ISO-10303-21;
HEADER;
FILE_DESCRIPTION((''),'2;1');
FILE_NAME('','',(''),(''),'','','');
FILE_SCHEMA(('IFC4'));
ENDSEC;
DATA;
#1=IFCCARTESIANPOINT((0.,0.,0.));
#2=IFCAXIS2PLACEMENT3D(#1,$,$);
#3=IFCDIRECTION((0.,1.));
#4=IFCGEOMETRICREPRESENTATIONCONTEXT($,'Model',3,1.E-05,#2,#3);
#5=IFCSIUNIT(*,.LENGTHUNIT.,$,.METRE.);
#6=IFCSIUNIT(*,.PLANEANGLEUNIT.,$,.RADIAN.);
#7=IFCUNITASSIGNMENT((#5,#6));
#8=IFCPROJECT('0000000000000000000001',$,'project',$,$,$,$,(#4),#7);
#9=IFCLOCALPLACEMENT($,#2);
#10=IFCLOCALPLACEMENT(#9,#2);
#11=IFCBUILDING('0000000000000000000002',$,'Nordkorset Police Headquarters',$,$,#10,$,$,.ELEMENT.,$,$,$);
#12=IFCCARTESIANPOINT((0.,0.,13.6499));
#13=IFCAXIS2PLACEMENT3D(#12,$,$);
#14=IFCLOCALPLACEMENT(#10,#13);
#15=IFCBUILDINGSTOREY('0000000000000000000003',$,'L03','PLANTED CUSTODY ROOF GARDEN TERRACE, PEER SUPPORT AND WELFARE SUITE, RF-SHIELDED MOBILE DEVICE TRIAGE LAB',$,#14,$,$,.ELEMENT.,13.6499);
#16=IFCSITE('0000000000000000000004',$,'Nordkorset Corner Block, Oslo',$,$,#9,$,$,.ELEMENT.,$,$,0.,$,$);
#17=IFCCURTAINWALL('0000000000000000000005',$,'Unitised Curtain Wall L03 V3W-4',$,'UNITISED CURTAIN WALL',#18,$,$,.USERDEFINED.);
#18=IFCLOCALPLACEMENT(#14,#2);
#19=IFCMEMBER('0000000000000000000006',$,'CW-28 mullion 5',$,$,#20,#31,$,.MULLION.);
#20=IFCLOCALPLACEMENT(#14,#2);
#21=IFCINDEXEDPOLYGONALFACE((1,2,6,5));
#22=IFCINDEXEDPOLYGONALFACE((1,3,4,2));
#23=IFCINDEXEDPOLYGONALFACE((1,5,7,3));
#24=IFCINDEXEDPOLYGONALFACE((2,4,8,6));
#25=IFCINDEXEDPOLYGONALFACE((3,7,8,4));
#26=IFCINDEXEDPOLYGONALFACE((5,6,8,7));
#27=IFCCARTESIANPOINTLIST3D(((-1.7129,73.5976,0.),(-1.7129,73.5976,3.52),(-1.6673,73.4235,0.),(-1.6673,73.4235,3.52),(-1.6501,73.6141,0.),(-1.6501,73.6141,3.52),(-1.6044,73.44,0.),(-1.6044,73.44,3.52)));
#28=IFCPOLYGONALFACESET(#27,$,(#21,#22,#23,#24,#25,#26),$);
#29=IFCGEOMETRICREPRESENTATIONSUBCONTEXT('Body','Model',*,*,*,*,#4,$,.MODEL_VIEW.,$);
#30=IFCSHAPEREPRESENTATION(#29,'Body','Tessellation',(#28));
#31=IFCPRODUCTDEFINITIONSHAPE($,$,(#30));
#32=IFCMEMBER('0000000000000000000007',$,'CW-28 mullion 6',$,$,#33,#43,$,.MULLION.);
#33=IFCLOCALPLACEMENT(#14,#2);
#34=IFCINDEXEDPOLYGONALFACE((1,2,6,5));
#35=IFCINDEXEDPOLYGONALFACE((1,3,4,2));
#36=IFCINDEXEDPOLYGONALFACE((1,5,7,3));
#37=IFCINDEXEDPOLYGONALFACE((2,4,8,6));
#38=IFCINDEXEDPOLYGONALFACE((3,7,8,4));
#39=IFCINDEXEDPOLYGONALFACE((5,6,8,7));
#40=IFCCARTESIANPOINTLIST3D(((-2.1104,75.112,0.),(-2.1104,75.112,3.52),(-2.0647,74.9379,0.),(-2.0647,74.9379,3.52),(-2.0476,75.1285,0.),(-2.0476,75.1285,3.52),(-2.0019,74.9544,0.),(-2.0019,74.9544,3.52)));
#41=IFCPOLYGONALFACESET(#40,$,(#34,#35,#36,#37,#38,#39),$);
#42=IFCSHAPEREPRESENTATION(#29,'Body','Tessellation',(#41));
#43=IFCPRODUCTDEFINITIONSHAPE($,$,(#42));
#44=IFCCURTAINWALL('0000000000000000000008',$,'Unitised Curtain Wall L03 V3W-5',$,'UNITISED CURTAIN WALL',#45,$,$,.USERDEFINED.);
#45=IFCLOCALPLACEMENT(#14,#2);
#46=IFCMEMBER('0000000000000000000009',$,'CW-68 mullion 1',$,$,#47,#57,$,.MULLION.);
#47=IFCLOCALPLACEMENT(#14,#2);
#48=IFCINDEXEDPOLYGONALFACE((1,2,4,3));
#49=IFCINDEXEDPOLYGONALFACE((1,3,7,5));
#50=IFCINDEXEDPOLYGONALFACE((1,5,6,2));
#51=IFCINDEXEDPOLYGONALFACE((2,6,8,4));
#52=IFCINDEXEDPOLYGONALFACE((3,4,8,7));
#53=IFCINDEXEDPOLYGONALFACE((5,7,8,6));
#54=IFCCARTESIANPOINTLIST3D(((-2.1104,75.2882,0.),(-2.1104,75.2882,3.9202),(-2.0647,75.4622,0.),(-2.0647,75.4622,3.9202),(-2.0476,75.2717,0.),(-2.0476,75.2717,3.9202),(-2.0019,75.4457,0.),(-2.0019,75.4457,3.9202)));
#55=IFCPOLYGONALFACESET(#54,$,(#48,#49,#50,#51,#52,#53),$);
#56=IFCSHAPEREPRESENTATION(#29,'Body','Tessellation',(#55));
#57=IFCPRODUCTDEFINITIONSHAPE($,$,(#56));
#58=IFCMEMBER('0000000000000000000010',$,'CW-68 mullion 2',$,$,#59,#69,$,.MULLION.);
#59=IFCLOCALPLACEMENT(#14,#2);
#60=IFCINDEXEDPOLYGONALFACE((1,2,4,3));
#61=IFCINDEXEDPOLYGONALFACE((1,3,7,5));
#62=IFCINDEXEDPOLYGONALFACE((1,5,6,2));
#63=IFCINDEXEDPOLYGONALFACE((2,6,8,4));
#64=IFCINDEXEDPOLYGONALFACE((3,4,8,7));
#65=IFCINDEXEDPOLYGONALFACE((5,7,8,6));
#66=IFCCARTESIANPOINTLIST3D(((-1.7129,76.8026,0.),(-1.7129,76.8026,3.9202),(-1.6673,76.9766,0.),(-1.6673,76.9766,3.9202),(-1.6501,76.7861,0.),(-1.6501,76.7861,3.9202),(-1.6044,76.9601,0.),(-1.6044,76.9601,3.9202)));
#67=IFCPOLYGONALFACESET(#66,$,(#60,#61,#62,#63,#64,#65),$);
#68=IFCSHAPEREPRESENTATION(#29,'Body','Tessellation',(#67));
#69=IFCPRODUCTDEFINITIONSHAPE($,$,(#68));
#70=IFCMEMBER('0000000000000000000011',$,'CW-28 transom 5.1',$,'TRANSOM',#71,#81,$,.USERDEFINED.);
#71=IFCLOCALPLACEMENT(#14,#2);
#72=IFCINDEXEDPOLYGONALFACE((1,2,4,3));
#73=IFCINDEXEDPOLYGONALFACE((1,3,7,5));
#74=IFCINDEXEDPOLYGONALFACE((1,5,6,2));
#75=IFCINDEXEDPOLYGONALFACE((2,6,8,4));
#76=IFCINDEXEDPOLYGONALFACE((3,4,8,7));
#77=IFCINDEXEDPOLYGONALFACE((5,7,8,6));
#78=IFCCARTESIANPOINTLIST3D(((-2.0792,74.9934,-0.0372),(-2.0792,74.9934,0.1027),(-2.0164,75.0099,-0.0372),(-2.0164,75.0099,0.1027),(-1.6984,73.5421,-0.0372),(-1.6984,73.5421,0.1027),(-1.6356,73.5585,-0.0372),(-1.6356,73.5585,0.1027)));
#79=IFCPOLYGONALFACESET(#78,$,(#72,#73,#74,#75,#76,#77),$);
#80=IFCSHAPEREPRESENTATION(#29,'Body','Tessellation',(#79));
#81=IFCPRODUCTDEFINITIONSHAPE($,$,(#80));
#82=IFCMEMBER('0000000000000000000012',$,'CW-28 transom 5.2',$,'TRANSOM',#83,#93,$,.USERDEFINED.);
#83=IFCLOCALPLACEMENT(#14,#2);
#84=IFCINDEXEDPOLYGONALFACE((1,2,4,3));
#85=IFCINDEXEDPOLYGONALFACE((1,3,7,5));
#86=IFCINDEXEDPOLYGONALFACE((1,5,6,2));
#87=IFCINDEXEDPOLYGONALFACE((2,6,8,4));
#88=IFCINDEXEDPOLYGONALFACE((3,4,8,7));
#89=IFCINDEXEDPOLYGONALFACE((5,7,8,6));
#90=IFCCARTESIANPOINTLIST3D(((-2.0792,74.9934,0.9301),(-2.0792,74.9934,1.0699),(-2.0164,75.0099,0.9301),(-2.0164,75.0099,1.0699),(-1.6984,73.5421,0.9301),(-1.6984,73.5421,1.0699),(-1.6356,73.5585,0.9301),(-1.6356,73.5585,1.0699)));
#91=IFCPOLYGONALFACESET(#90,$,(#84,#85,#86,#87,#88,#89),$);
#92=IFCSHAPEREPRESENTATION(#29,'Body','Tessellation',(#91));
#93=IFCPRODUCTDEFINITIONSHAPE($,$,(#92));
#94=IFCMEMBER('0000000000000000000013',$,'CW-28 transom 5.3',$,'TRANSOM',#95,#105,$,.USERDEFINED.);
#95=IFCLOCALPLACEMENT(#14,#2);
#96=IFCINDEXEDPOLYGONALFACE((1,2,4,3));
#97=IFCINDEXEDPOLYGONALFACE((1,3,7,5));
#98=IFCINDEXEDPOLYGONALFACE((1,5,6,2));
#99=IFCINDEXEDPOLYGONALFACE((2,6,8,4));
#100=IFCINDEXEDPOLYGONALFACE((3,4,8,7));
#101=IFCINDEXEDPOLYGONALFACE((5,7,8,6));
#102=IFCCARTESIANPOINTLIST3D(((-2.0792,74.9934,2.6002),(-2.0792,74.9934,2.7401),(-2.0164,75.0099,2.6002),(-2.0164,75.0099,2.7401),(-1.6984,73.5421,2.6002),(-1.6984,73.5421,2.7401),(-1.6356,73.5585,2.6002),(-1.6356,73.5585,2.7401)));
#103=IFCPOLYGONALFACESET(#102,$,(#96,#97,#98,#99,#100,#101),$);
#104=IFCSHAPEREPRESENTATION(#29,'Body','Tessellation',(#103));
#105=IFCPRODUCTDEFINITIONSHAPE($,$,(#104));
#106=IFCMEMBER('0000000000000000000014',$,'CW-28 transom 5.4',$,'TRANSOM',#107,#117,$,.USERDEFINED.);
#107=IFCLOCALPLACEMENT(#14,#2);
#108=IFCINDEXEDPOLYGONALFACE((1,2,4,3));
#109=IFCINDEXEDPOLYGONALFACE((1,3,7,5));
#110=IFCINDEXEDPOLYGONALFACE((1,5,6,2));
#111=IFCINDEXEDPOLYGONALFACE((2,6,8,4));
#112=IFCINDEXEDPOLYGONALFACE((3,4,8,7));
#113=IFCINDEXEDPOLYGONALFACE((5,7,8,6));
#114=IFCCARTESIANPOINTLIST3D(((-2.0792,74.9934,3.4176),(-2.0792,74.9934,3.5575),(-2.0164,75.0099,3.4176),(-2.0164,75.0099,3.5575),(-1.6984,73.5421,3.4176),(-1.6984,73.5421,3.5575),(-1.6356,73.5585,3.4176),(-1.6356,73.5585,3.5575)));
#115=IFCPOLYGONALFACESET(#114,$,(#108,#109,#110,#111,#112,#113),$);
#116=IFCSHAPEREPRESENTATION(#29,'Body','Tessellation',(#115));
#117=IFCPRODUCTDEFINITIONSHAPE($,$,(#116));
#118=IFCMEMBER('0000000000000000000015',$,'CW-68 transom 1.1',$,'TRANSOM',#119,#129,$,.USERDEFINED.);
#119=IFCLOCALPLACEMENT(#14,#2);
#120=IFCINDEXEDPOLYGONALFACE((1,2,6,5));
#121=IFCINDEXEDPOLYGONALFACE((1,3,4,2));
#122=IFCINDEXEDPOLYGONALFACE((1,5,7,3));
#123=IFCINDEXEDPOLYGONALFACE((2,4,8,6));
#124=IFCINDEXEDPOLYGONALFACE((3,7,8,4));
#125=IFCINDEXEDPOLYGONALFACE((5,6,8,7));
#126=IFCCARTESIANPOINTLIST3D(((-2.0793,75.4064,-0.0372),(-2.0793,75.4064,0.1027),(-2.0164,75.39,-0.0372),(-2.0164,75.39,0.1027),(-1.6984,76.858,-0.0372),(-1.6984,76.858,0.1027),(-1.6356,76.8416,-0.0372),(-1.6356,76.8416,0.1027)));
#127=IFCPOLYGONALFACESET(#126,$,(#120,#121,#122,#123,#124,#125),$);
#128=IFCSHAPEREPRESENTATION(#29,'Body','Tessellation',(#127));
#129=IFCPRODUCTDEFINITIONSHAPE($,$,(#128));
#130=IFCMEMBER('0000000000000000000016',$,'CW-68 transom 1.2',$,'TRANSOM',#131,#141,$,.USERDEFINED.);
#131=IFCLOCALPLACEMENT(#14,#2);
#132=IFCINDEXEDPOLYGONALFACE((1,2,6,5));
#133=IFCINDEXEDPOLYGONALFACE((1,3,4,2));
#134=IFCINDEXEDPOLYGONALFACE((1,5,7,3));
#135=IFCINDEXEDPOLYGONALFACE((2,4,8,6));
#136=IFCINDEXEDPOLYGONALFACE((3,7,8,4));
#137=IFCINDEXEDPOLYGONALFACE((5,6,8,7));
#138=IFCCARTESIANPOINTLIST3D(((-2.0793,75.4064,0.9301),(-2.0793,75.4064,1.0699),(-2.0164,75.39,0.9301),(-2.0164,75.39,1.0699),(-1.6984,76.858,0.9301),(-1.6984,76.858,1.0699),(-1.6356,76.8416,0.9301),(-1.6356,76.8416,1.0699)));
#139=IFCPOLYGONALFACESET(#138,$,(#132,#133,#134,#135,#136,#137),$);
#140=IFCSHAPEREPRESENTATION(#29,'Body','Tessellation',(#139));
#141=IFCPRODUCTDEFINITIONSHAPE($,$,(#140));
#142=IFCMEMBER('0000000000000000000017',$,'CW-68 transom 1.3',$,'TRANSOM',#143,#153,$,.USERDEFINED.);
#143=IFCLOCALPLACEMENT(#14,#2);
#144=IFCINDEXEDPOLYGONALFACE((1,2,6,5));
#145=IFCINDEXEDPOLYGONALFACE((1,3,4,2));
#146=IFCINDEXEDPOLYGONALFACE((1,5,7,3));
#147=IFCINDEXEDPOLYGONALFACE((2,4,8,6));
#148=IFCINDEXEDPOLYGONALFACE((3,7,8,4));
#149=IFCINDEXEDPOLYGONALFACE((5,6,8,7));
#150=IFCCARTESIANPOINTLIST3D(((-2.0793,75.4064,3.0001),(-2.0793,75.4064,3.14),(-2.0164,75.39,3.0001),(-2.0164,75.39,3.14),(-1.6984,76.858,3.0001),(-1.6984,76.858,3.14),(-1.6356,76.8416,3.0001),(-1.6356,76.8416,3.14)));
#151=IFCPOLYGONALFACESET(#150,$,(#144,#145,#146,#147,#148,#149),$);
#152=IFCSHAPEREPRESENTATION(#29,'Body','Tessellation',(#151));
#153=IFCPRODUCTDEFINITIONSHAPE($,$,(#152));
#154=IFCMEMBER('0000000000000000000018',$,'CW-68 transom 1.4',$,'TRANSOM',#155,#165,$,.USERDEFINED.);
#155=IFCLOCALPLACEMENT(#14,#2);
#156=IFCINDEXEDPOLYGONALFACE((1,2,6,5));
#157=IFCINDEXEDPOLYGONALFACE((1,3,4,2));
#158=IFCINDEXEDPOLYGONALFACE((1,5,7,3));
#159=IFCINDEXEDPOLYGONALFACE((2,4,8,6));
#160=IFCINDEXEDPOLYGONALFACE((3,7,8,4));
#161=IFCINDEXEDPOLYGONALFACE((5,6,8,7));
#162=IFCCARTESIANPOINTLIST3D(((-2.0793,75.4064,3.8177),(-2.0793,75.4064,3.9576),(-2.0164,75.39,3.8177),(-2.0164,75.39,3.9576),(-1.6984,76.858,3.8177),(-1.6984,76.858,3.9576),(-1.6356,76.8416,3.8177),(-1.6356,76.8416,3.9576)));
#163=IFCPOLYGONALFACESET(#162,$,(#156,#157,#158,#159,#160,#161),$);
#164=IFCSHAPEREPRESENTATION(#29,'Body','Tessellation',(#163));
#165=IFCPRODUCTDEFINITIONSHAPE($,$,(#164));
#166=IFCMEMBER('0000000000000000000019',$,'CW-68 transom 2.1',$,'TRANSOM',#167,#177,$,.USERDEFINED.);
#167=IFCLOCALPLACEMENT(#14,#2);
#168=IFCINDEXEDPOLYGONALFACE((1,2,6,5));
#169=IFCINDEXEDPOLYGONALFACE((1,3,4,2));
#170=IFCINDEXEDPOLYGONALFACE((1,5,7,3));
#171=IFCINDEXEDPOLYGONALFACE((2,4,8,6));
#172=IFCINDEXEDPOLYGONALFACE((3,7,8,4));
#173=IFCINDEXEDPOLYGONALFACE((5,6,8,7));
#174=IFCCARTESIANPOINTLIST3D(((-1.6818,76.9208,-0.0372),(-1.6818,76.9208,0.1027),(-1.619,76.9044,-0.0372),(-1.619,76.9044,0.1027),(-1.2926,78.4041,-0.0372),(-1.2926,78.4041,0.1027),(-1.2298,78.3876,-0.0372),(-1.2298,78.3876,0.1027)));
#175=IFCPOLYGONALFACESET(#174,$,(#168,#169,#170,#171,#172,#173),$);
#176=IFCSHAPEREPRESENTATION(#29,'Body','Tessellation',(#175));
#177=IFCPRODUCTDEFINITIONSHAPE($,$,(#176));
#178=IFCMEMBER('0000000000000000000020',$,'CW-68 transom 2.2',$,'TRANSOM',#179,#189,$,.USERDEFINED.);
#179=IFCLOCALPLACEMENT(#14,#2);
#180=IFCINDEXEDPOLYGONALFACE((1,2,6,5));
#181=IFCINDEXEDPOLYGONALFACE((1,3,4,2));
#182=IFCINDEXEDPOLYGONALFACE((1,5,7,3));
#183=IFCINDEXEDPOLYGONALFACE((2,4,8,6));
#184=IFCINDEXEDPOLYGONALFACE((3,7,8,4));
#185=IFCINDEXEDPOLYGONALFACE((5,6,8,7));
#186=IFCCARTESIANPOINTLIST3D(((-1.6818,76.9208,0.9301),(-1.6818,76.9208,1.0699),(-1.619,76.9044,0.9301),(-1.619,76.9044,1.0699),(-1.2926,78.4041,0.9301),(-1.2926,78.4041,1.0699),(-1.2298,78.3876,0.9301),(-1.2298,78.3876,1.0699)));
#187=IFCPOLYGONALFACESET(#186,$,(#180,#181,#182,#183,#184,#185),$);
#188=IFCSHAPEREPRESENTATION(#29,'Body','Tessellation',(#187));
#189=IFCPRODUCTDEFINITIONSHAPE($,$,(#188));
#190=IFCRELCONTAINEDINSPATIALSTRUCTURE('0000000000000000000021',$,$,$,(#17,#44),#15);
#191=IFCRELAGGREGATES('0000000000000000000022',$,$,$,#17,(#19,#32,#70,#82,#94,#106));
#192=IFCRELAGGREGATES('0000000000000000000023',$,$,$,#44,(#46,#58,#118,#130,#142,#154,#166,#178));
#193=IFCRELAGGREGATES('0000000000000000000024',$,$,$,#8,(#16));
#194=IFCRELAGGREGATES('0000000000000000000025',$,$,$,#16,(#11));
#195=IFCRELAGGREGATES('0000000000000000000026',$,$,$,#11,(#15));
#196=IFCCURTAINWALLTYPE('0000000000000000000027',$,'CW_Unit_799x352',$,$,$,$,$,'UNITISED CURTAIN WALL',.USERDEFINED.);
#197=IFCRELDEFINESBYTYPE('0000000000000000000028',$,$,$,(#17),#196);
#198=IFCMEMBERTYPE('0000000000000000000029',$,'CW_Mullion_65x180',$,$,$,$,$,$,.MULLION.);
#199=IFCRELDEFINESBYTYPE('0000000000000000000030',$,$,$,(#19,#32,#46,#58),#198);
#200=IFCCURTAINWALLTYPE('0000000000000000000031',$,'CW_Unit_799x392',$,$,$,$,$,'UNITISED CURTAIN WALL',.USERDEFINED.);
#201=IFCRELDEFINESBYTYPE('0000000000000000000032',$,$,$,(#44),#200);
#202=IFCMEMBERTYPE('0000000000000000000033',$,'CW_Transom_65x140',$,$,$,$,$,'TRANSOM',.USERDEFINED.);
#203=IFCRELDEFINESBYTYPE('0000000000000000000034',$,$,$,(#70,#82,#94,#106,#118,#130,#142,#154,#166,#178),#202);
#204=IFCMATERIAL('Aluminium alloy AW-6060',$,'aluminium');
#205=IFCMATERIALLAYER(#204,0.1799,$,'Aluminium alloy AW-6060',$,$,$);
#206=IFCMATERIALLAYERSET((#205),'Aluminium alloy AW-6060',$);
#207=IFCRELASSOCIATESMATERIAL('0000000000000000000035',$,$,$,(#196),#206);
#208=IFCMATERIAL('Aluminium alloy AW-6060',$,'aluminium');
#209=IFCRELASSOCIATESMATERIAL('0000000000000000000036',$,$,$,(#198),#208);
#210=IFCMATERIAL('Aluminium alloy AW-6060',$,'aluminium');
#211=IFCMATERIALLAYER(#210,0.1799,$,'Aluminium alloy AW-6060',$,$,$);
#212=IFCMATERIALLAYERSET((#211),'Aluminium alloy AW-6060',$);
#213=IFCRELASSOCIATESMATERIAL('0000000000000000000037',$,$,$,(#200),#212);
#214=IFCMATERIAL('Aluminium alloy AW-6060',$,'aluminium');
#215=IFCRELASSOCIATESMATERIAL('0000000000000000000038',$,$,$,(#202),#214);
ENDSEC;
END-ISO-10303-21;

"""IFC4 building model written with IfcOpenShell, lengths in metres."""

from ifc_helpers import new_model, si_unit, direction, frame, origin, origin_2d, place, context, subcontext, project, spatial, rectangle, extrude, material, layer, layer_set, material_profile, profile_set, type_object, element, aggregate, save


model = new_model("IFC4")

# Units and contexts
model_context = context("Model", 3, precision=1e-05, world=origin(), true_north=direction((0.0, 1.0)))
body_context = subcontext(model_context, "Body", "Model", "MODEL_VIEW")
ifc_project = project(units=[si_unit("LENGTHUNIT", "METRE"), si_unit("PLANEANGLEUNIT", "RADIAN")], contexts=[model_context])

# Site, building, storey
site_placement = place(None, origin())
site = spatial("IfcSite", under=ifc_project, at=site_placement, Name="Nordkorset Corner Block, Oslo", CompositionType="ELEMENT", RefElevation=0.0)
building_placement = place(site_placement, origin())
building = spatial("IfcBuilding", under=site, at=building_placement, Name="Nordkorset Police Headquarters", CompositionType="ELEMENT")
storey_placement = place(building_placement, frame((0.0, 0.0, 13.6499)))
storey = spatial("IfcBuildingStorey", under=building, at=storey_placement, Name="L03", Description="PLANTED CUSTODY ROOF GARDEN TERRACE, PEER SUPPORT AND WELFARE SUITE, RF-SHIELDED MOBILE DEVICE TRIAGE LAB", CompositionType="ELEMENT", Elevation=13.6499)

# Curtain walls, members
ifc_material_1 = material(Name="Aluminium alloy AW-6060", Category="aluminium")
ifc_layer_1 = layer(ifc_material_1, 0.1799, Name="Aluminium alloy AW-6060")
ifc_layer_set_1 = layer_set([ifc_layer_1], Name="Aluminium alloy AW-6060")
curtain_wall_type_1 = type_object("IfcCurtainWallType", Name="CW_Unit_799x352", ElementType="UNITISED CURTAIN WALL", PredefinedType="USERDEFINED", material=ifc_layer_set_1)
curtain_wall_1_placement = place(storey_placement, origin())
curtain_wall_1 = element("IfcCurtainWall", 1, at=curtain_wall_1_placement, inside=storey, type_object=curtain_wall_type_1, Name="Unitised Curtain Wall L03 V3W-4", ObjectType="UNITISED CURTAIN WALL", PredefinedType="USERDEFINED")
ifc_material_2 = material(Name="Aluminium alloy AW-6060", Category="aluminium")
ifc_material_profile_1 = material_profile(ifc_material_2, rectangle(XDim=0.0649, YDim=0.1799, at=origin_2d()), Name="ALU MULL 65x180")
ifc_profile_set_1 = profile_set([ifc_material_profile_1], Name="Aluminium alloy AW-6060")
member_type_1 = type_object("IfcMemberType", Name="CW_Mullion_65x180", PredefinedType="MULLION", material=ifc_profile_set_1)
member_1_placement = place(storey_placement, frame((-1.6587, 73.5188, 0.0), z_axis=(0.0, 0.0, 1.0), x_axis=(-0.967231, -0.253897, 0.0)))
member_1 = element("IfcMember", 2, at=member_1_placement, type_object=member_type_1, Name="CW-28 mullion 5", PredefinedType="MULLION", context=body_context, shape_type="SweptSolid", body=[
    extrude(rectangle(XDim=0.0649, YDim=0.1799, at=origin_2d()), origin(), (0.0, 0.0, 1.0), 3.52),
])
member_2_placement = place(storey_placement, frame((-2.0562, 75.0332, 0.0), z_axis=(0.0, 0.0, 1.0), x_axis=(-0.967231, -0.253897, 0.0)))
member_2 = element("IfcMember", 3, at=member_2_placement, type_object=member_type_1, Name="CW-28 mullion 6", PredefinedType="MULLION", context=body_context, shape_type="SweptSolid", body=[
    extrude(rectangle(XDim=0.0649, YDim=0.1799, at=origin_2d()), origin(), (0.0, 0.0, 1.0), 3.52),
])
ifc_material_3 = material(Name="Aluminium alloy AW-6060", Category="aluminium")
ifc_layer_2 = layer(ifc_material_3, 0.1799, Name="Aluminium alloy AW-6060")
ifc_layer_set_2 = layer_set([ifc_layer_2], Name="Aluminium alloy AW-6060")
curtain_wall_type_2 = type_object("IfcCurtainWallType", Name="CW_Unit_799x392", ElementType="UNITISED CURTAIN WALL", PredefinedType="USERDEFINED", material=ifc_layer_set_2)
curtain_wall_2_placement = place(storey_placement, origin())
curtain_wall_2 = element("IfcCurtainWall", 4, at=curtain_wall_2_placement, inside=storey, type_object=curtain_wall_type_2, Name="Unitised Curtain Wall L03 V3W-5", ObjectType="UNITISED CURTAIN WALL", PredefinedType="USERDEFINED")
member_3_placement = place(storey_placement, frame((-2.0562, 75.3669, 0.0), z_axis=(0.0, 0.0, 1.0), x_axis=(-0.967231, 0.253897, 0.0)))
member_3 = element("IfcMember", 5, at=member_3_placement, type_object=member_type_1, Name="CW-68 mullion 1", PredefinedType="MULLION", context=body_context, shape_type="SweptSolid", body=[
    extrude(rectangle(XDim=0.0649, YDim=0.1799, at=origin_2d()), origin(), (0.0, 0.0, 1.0), 3.9202),
])
member_4_placement = place(storey_placement, frame((-1.6587, 76.8813, 0.0), z_axis=(0.0, 0.0, 1.0), x_axis=(-0.967231, 0.253897, 0.0)))
member_4 = element("IfcMember", 6, at=member_4_placement, type_object=member_type_1, Name="CW-68 mullion 2", PredefinedType="MULLION", context=body_context, shape_type="SweptSolid", body=[
    extrude(rectangle(XDim=0.0649, YDim=0.1799, at=origin_2d()), origin(), (0.0, 0.0, 1.0), 3.9202),
])

# Members
ifc_material_4 = material(Name="Aluminium alloy AW-6060", Category="aluminium")
ifc_material_profile_2 = material_profile(ifc_material_4, rectangle(XDim=0.0649, YDim=0.1399, at=origin_2d()), Name="ALU TRAN 65x140")
ifc_profile_set_2 = profile_set([ifc_material_profile_2], Name="Aluminium alloy AW-6060")
member_type_2 = type_object("IfcMemberType", Name="CW_Transom_65x140", ElementType="TRANSOM", PredefinedType="USERDEFINED", material=ifc_profile_set_2)
member_5_placement = place(storey_placement, frame((-1.667, 73.5503, 0.0327), z_axis=(-0.253813, 0.967253, 0.0), x_axis=(-0.967253, -0.253813, 0.0)))
member_5 = element("IfcMember", 7, at=member_5_placement, type_object=member_type_2, Name="CW-28 transom 5.1", ObjectType="TRANSOM", PredefinedType="USERDEFINED", context=body_context, shape_type="SweptSolid", body=[
    extrude(rectangle(XDim=0.0649, YDim=0.1399, at=origin_2d()), origin(), (0.0, 0.0, 1.0), 1.5005),
])
member_6_placement = place(storey_placement, frame((-1.667, 73.5503, 1.0), z_axis=(-0.253813, 0.967253, 0.0), x_axis=(-0.967253, -0.253813, 0.0)))
member_6 = element("IfcMember", 8, at=member_6_placement, type_object=member_type_2, Name="CW-28 transom 5.2", ObjectType="TRANSOM", PredefinedType="USERDEFINED", context=body_context, shape_type="SweptSolid", body=[
    extrude(rectangle(XDim=0.0649, YDim=0.1399, at=origin_2d()), origin(), (0.0, 0.0, 1.0), 1.5005),
])
member_7_placement = place(storey_placement, frame((-1.667, 73.5503, 2.6702), z_axis=(-0.253813, 0.967253, 0.0), x_axis=(-0.967253, -0.253813, 0.0)))
member_7 = element("IfcMember", 9, at=member_7_placement, type_object=member_type_2, Name="CW-28 transom 5.3", ObjectType="TRANSOM", PredefinedType="USERDEFINED", context=body_context, shape_type="SweptSolid", body=[
    extrude(rectangle(XDim=0.0649, YDim=0.1399, at=origin_2d()), origin(), (0.0, 0.0, 1.0), 1.5005),
])
member_8_placement = place(storey_placement, frame((-1.667, 73.5503, 3.4875), z_axis=(-0.253813, 0.967253, 0.0), x_axis=(-0.967253, -0.253813, 0.0)))
member_8 = element("IfcMember", 10, at=member_8_placement, type_object=member_type_2, Name="CW-28 transom 5.4", ObjectType="TRANSOM", PredefinedType="USERDEFINED", context=body_context, shape_type="SweptSolid", body=[
    extrude(rectangle(XDim=0.0649, YDim=0.1399, at=origin_2d()), origin(), (0.0, 0.0, 1.0), 1.5005),
])
member_9_placement = place(storey_placement, frame((-2.0479, 75.3982, 0.0327), z_axis=(0.253773, 0.967264, 0.0), x_axis=(-0.967264, 0.253773, 0.0)))
member_9 = element("IfcMember", 11, at=member_9_placement, type_object=member_type_2, Name="CW-68 transom 1.1", ObjectType="TRANSOM", PredefinedType="USERDEFINED", context=body_context, shape_type="SweptSolid", body=[
    extrude(rectangle(XDim=0.0649, YDim=0.1399, at=origin_2d()), origin(), (0.0, 0.0, 1.0), 1.5007),
])
member_10_placement = place(storey_placement, frame((-2.0479, 75.3982, 1.0), z_axis=(0.253773, 0.967264, 0.0), x_axis=(-0.967264, 0.253773, 0.0)))
member_10 = element("IfcMember", 12, at=member_10_placement, type_object=member_type_2, Name="CW-68 transom 1.2", ObjectType="TRANSOM", PredefinedType="USERDEFINED", context=body_context, shape_type="SweptSolid", body=[
    extrude(rectangle(XDim=0.0649, YDim=0.1399, at=origin_2d()), origin(), (0.0, 0.0, 1.0), 1.5007),
])
member_11_placement = place(storey_placement, frame((-2.0479, 75.3982, 3.0701), z_axis=(0.253773, 0.967264, 0.0), x_axis=(-0.967264, 0.253773, 0.0)))
member_11 = element("IfcMember", 13, at=member_11_placement, type_object=member_type_2, Name="CW-68 transom 1.3", ObjectType="TRANSOM", PredefinedType="USERDEFINED", context=body_context, shape_type="SweptSolid", body=[
    extrude(rectangle(XDim=0.0649, YDim=0.1399, at=origin_2d()), origin(), (0.0, 0.0, 1.0), 1.5007),
])
member_12_placement = place(storey_placement, frame((-2.0479, 75.3982, 3.8877), z_axis=(0.253773, 0.967264, 0.0), x_axis=(-0.967264, 0.253773, 0.0)))
member_12 = element("IfcMember", 14, at=member_12_placement, type_object=member_type_2, Name="CW-68 transom 1.4", ObjectType="TRANSOM", PredefinedType="USERDEFINED", context=body_context, shape_type="SweptSolid", body=[
    extrude(rectangle(XDim=0.0649, YDim=0.1399, at=origin_2d()), origin(), (0.0, 0.0, 1.0), 1.5007),
])
member_13_placement = place(storey_placement, frame((-1.6504, 76.9126, 0.0327), z_axis=(0.253796, 0.967258, 0.0), x_axis=(-0.967258, 0.253796, 0.0)))
member_13 = element("IfcMember", 15, at=member_13_placement, type_object=member_type_2, Name="CW-68 transom 2.1", ObjectType="TRANSOM", PredefinedType="USERDEFINED", context=body_context, shape_type="SweptSolid", body=[
    extrude(rectangle(XDim=0.0649, YDim=0.1399, at=origin_2d()), origin(), (0.0, 0.0, 1.0), 1.5334),
])
member_14_placement = place(storey_placement, frame((-1.6504, 76.9126, 1.0), z_axis=(0.253796, 0.967258, 0.0), x_axis=(-0.967258, 0.253796, 0.0)))
member_14 = element("IfcMember", 16, at=member_14_placement, type_object=member_type_2, Name="CW-68 transom 2.2", ObjectType="TRANSOM", PredefinedType="USERDEFINED", context=body_context, shape_type="SweptSolid", body=[
    extrude(rectangle(XDim=0.0649, YDim=0.1399, at=origin_2d()), origin(), (0.0, 0.0, 1.0), 1.5334),
])

aggregate(curtain_wall_1, [member_1, member_2, member_5, member_6, member_7, member_8])
aggregate(curtain_wall_2, [member_3, member_4, member_9, member_10, member_11, member_12, member_13, member_14])

save(model, "model.ifc")
